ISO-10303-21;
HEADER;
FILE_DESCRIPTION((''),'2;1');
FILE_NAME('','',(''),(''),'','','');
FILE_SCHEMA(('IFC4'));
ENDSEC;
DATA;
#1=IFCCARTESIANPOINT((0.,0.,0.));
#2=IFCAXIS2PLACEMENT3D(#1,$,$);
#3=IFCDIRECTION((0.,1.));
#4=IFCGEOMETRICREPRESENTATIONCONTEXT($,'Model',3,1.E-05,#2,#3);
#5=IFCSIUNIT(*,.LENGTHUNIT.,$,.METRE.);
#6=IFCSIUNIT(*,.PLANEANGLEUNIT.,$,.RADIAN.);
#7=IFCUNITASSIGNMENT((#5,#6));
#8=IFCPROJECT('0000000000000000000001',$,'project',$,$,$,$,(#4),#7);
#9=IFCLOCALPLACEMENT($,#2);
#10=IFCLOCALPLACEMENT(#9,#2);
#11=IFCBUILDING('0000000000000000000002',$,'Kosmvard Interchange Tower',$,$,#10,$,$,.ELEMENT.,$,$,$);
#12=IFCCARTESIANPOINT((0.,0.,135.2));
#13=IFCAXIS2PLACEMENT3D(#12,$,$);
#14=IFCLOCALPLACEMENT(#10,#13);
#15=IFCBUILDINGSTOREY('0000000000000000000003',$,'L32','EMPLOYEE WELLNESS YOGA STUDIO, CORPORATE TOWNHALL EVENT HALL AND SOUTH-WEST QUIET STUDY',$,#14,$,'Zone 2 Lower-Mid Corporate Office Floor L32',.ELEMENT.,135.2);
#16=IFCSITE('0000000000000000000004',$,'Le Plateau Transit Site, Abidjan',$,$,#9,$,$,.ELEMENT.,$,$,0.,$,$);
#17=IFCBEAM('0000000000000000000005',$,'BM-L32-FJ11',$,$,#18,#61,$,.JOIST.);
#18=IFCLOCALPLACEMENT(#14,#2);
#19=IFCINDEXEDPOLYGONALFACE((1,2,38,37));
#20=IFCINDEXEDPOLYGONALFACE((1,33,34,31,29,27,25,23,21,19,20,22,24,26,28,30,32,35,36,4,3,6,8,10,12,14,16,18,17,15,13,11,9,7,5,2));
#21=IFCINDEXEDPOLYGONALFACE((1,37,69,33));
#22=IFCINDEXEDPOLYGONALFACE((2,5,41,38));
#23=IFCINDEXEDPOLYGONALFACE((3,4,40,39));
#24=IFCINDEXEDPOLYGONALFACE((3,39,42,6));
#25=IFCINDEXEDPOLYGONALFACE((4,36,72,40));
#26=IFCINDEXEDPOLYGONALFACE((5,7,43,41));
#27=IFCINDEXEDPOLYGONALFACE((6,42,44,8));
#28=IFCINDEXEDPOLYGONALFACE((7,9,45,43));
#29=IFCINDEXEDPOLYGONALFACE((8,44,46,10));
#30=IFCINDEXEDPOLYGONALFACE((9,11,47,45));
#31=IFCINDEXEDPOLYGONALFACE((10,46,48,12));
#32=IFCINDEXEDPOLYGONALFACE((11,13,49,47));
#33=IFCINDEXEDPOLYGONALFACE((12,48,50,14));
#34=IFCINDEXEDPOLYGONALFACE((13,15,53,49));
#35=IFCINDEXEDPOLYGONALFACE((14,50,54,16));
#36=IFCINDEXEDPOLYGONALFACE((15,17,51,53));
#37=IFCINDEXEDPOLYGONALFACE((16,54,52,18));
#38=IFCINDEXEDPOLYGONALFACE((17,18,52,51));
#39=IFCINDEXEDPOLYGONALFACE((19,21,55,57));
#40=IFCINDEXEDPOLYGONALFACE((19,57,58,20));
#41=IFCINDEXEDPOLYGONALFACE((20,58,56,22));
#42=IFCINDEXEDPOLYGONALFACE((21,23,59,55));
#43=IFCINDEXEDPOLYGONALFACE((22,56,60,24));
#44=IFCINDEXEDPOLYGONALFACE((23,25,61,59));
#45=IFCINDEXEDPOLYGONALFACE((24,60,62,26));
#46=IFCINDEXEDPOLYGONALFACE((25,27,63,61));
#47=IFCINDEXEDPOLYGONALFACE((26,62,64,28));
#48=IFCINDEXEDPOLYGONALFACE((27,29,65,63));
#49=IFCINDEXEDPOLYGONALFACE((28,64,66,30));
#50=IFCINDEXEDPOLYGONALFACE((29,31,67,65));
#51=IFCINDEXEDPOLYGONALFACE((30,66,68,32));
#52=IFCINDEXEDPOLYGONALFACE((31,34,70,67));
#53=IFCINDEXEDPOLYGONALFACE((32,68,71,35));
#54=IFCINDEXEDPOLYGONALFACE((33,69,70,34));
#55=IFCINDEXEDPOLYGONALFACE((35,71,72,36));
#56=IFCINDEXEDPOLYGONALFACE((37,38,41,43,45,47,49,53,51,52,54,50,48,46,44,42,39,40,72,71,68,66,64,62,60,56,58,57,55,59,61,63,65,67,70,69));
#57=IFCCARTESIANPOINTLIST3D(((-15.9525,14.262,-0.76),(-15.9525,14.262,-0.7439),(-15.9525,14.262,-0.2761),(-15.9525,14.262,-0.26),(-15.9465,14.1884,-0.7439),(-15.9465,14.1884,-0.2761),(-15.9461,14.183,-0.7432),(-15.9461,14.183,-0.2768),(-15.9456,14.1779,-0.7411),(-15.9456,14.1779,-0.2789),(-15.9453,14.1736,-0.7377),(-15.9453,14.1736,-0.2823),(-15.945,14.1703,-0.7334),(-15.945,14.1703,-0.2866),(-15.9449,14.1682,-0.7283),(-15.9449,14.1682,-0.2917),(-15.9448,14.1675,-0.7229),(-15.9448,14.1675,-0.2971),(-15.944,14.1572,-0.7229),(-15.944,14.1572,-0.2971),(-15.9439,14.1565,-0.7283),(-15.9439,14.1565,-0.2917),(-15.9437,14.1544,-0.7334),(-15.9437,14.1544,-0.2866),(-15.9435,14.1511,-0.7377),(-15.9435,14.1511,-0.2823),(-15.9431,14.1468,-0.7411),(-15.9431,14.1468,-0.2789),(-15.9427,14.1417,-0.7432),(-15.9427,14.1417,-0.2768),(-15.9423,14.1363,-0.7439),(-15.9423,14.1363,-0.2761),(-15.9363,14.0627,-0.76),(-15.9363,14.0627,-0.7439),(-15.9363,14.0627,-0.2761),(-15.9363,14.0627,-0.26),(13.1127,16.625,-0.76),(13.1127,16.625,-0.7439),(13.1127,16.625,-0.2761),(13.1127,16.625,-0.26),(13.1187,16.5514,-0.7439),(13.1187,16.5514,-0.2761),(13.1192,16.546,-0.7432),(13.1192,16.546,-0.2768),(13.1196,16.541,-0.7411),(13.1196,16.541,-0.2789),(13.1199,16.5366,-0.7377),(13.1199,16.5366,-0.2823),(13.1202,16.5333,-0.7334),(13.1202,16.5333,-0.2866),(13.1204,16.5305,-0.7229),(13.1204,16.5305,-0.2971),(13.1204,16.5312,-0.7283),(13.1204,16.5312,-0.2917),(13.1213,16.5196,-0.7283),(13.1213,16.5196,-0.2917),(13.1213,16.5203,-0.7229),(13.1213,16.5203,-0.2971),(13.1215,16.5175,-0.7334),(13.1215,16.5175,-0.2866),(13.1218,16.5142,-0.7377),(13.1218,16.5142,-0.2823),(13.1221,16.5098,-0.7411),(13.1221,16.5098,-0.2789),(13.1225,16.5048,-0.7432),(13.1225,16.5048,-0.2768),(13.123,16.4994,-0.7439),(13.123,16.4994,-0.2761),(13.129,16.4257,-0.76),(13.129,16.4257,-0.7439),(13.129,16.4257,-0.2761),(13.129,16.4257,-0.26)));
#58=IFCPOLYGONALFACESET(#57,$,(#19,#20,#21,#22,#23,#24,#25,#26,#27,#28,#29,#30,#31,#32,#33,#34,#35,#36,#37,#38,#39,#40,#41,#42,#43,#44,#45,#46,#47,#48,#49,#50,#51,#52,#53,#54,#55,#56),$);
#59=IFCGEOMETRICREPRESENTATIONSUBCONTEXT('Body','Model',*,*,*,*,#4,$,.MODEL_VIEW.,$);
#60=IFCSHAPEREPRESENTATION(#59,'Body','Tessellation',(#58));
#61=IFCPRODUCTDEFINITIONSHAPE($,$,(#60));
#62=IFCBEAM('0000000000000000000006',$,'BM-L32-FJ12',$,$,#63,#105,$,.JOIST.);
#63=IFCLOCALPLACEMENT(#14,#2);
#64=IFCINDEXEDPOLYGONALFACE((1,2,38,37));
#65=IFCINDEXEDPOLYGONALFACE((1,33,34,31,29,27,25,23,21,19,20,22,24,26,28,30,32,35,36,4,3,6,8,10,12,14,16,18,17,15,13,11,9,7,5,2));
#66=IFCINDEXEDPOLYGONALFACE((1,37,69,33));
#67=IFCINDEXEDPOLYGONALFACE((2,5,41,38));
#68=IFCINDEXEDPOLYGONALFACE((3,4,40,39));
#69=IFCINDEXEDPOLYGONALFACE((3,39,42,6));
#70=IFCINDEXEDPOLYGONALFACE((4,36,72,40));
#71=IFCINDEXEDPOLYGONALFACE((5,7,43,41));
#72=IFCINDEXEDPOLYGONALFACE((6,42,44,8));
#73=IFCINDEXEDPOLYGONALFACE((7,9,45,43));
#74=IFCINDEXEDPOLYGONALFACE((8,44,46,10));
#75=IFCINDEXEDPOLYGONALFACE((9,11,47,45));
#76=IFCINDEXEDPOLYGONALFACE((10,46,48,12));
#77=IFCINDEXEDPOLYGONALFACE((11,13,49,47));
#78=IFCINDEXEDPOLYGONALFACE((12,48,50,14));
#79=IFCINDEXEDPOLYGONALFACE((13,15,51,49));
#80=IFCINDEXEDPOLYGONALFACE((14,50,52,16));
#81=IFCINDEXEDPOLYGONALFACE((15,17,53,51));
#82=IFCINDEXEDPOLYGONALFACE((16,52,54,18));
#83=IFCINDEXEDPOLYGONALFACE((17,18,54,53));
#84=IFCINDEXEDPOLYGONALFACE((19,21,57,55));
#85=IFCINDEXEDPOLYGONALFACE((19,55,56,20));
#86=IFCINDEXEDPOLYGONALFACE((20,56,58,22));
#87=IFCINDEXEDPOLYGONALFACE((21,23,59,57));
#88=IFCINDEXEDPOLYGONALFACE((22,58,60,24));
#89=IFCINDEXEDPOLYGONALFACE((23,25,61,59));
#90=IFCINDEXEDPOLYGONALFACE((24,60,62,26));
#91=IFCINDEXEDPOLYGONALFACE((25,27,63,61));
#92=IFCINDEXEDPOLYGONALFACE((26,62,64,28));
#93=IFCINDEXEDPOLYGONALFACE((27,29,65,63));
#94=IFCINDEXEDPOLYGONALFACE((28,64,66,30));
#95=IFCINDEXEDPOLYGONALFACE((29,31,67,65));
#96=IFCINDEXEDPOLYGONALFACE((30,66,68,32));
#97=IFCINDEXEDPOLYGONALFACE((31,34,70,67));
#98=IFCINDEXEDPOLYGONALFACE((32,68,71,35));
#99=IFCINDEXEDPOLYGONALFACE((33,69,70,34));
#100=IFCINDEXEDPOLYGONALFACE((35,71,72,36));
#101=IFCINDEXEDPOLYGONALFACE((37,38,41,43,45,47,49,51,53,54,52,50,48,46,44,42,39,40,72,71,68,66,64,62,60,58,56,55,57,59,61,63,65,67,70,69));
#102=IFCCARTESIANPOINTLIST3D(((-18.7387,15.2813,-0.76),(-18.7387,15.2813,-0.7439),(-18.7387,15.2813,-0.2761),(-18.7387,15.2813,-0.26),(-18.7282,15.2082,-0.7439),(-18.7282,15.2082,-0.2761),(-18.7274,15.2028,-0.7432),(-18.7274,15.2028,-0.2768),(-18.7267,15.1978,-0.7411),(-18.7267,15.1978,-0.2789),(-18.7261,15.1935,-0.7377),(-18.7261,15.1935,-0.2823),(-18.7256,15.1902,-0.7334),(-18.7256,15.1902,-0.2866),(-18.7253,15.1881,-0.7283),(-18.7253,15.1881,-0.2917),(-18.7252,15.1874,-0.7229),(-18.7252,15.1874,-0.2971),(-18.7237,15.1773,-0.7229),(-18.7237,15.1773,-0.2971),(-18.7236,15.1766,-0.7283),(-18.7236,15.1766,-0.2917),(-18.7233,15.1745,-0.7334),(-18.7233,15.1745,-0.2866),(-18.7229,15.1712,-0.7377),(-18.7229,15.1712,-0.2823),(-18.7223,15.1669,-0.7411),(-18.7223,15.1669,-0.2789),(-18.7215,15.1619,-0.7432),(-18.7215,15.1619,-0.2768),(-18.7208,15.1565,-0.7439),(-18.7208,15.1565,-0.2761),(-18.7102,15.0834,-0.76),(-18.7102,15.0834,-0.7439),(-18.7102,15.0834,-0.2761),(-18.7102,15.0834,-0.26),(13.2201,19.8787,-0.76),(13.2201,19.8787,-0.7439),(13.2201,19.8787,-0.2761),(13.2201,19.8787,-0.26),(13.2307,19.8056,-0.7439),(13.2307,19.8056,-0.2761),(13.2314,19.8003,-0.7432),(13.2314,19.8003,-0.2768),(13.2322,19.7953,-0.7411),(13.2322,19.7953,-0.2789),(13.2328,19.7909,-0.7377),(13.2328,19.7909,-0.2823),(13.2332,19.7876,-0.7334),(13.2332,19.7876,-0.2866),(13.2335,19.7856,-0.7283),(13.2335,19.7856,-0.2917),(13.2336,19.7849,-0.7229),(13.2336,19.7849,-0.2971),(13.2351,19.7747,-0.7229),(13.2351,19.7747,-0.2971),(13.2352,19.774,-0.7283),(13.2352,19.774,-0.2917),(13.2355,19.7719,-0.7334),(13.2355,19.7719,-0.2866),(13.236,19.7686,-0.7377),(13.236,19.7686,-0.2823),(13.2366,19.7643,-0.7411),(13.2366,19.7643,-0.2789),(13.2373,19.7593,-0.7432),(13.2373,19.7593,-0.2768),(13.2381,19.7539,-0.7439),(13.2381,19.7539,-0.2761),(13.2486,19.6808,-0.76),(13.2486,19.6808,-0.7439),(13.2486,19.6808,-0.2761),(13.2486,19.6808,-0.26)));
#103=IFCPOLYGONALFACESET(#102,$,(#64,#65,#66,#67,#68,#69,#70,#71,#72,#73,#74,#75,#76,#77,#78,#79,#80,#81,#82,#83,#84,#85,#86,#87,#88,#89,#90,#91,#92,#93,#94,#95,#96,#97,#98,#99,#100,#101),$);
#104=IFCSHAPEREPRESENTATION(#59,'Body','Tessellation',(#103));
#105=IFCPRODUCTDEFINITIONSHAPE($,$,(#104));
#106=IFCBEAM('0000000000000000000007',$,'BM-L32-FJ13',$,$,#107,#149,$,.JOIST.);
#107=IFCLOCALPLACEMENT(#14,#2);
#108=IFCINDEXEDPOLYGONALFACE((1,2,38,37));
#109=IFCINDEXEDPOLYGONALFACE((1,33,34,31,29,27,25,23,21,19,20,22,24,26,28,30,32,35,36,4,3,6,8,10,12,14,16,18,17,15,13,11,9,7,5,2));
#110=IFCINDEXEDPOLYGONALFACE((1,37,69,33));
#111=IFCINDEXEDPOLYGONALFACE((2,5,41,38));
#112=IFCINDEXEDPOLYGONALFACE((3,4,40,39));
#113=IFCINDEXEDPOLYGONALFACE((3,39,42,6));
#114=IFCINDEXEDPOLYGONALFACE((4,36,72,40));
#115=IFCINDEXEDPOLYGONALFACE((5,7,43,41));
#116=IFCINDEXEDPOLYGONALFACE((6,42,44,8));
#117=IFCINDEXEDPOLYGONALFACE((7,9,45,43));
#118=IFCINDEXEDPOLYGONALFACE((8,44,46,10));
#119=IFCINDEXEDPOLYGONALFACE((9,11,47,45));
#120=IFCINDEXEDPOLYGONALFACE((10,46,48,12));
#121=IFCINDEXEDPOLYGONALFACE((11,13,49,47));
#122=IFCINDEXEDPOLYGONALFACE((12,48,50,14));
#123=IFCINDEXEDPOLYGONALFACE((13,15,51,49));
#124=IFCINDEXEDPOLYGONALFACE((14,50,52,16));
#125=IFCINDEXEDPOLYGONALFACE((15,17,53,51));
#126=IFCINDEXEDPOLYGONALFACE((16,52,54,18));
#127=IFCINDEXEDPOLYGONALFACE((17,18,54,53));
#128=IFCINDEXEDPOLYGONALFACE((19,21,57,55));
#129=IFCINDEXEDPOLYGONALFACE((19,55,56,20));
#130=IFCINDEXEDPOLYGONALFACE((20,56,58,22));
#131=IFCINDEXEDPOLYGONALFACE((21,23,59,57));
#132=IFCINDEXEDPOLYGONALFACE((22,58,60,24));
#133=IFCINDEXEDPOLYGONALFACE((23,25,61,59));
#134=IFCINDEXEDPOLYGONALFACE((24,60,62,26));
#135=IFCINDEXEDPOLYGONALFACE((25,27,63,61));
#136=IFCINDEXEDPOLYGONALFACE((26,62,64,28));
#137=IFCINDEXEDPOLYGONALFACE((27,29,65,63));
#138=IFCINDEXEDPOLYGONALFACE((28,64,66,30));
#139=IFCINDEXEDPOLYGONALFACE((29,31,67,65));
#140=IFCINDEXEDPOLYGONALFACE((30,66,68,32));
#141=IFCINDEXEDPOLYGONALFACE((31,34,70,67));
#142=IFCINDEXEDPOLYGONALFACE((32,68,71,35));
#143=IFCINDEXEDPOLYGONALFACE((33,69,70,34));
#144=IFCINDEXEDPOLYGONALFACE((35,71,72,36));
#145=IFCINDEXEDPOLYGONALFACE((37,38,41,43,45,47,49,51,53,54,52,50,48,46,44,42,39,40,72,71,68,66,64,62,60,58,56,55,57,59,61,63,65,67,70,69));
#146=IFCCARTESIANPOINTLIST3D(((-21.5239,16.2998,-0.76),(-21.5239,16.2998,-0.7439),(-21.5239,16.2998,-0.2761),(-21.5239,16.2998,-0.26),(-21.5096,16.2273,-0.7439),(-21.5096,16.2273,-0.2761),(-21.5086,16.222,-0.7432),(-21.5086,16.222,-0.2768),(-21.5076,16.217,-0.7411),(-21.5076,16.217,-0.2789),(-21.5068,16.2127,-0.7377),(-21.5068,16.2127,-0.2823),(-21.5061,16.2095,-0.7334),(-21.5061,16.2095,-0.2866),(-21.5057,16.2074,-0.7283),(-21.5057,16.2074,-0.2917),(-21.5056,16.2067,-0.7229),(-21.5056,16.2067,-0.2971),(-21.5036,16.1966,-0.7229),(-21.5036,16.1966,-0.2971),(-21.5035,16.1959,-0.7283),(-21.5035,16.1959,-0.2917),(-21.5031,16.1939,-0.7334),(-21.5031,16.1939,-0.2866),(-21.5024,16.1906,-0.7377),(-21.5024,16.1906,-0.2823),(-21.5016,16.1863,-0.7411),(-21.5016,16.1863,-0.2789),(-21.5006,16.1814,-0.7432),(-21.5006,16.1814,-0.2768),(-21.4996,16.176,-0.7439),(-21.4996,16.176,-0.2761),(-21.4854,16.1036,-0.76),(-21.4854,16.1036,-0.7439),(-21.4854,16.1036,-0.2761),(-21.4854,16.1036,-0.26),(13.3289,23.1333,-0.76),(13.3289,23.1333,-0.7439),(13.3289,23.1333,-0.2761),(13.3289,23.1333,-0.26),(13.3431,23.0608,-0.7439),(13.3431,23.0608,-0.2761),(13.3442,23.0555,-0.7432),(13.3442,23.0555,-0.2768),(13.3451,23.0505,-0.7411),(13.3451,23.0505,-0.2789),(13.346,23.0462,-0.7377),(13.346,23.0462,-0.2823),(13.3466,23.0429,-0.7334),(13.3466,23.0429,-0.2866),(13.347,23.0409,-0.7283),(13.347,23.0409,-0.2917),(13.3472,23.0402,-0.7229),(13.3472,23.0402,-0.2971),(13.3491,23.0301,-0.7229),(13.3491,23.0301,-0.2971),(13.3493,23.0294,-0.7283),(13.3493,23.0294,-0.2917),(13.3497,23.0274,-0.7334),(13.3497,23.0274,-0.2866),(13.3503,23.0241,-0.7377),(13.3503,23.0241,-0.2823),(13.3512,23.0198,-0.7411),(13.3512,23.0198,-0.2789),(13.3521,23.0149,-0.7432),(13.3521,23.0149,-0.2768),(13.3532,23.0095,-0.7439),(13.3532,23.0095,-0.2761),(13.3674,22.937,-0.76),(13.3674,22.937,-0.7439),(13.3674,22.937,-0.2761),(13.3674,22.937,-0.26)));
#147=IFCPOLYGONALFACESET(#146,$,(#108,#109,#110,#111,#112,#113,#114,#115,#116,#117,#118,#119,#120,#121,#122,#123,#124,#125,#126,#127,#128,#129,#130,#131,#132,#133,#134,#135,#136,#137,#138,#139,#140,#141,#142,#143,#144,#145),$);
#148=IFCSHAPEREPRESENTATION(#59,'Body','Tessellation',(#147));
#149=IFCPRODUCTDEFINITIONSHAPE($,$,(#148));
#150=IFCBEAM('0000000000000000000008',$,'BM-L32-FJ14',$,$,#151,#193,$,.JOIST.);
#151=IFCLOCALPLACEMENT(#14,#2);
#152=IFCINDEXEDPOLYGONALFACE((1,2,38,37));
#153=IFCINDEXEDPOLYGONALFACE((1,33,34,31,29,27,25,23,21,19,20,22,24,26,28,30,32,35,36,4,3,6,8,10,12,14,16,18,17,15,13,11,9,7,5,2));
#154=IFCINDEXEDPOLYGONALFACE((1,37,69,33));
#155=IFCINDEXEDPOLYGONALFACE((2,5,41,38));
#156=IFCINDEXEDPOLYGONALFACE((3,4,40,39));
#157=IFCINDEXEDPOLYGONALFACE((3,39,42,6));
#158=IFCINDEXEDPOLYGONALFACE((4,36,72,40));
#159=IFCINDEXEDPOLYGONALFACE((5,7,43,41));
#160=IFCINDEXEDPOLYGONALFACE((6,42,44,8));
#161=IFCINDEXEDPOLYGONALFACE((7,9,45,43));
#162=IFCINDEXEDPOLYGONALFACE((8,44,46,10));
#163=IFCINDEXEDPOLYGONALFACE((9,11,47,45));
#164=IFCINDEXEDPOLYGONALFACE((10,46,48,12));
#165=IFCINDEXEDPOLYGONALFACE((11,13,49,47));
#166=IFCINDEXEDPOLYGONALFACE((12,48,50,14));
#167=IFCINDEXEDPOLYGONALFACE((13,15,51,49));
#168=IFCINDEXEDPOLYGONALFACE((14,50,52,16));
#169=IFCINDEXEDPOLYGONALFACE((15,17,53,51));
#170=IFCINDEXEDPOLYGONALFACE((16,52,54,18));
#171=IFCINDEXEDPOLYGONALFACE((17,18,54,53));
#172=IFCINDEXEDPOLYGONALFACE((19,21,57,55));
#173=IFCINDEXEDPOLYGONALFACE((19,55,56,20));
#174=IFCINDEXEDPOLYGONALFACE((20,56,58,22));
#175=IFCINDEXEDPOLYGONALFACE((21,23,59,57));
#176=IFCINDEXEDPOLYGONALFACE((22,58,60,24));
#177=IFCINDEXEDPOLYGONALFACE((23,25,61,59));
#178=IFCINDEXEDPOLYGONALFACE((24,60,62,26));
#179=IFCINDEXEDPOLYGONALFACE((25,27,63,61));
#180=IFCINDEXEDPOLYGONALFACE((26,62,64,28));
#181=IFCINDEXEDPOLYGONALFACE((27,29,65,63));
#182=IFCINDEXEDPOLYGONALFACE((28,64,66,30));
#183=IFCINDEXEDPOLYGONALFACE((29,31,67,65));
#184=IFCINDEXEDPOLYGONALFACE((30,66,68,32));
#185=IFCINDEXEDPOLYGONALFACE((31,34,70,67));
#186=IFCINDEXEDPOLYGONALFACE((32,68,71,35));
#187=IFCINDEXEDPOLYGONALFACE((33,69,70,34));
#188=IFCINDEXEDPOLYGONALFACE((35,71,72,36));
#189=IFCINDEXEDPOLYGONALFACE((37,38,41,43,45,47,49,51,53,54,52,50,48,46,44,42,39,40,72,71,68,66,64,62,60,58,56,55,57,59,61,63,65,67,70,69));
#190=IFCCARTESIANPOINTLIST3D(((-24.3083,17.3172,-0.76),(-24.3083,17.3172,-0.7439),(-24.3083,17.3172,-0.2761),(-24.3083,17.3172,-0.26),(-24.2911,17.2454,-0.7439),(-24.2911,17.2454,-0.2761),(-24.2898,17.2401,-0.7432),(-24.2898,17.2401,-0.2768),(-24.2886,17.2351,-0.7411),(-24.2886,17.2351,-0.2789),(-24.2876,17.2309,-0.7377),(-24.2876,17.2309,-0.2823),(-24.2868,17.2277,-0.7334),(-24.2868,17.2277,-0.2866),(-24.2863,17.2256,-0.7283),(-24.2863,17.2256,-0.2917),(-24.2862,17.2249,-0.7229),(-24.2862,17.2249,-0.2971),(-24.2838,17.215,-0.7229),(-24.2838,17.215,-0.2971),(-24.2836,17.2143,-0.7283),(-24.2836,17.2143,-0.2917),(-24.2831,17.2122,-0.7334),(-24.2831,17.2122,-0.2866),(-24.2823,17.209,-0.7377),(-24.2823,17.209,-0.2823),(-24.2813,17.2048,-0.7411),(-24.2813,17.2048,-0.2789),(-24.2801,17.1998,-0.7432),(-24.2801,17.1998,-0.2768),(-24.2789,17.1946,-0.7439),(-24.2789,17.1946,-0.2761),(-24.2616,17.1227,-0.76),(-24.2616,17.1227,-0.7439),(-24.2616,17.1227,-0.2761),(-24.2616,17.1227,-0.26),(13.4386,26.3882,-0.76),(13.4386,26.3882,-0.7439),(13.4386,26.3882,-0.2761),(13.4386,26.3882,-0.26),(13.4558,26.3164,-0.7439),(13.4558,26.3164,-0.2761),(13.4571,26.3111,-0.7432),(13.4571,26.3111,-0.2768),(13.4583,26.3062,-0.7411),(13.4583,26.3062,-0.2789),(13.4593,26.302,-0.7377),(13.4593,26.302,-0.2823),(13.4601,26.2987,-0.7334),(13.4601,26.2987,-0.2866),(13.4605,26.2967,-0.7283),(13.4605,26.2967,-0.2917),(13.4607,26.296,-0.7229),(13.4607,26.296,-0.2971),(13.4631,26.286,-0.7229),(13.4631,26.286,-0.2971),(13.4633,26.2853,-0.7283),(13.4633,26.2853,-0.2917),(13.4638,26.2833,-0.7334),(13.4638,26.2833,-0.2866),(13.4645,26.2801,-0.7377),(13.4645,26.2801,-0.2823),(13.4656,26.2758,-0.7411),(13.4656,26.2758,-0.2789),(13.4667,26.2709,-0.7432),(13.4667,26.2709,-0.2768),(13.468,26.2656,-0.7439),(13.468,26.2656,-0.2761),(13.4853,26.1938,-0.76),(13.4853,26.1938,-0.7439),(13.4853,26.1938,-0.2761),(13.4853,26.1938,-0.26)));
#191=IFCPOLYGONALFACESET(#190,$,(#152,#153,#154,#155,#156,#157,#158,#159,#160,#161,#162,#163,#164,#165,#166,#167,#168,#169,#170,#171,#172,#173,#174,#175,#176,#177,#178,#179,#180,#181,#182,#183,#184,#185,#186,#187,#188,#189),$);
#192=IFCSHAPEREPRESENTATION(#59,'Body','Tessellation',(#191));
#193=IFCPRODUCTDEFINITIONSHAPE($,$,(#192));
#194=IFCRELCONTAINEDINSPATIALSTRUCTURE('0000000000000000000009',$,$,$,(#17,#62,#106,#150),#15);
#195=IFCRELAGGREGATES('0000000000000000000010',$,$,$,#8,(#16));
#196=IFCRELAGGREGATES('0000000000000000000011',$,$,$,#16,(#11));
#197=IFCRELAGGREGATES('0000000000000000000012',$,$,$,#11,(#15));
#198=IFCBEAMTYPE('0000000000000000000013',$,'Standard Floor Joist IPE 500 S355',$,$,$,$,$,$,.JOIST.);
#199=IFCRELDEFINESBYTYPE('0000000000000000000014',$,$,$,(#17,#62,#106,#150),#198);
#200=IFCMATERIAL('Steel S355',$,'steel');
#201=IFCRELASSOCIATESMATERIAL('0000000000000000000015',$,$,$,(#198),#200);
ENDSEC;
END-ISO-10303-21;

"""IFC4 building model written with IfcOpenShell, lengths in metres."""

from ifc_helpers import new_model, si_unit, direction, frame, origin, origin_2d, place, context, subcontext, project, spatial, i_section, extrude, source, transform, mapped, material, material_profile, profile_set, type_object, element, save


model = new_model("IFC4")

# Units and contexts
model_context = context("Model", 3, precision=1e-05, world=origin(), true_north=direction((0.0, 1.0)))
body_context = subcontext(model_context, "Body", "Model", "MODEL_VIEW")
ifc_project = project(units=[si_unit("LENGTHUNIT", "METRE"), si_unit("PLANEANGLEUNIT", "RADIAN")], contexts=[model_context])

# Site, building, storey
site_placement = place(None, origin())
site = spatial("IfcSite", under=ifc_project, at=site_placement, Name="Le Plateau Transit Site, Abidjan", CompositionType="ELEMENT", RefElevation=0.0)
building_placement = place(site_placement, origin())
building = spatial("IfcBuilding", under=site, at=building_placement, Name="Kosmvard Interchange Tower", CompositionType="ELEMENT")
storey_placement = place(building_placement, frame((0.0, 0.0, 135.2)))
storey = spatial("IfcBuildingStorey", under=building, at=storey_placement, Name="L32", Description="EMPLOYEE WELLNESS YOGA STUDIO, CORPORATE TOWNHALL EVENT HALL AND SOUTH-WEST QUIET STUDY", LongName="Zone 2 Lower-Mid Corporate Office Floor L32", CompositionType="ELEMENT", Elevation=135.2)

# Beams
ifc_material_1 = material(Name="Steel S355", Category="steel")
ifc_material_profile_1 = material_profile(ifc_material_1, i_section(OverallWidth=0.2, OverallDepth=0.5, WebThickness=0.0103, FlangeThickness=0.0161, FilletRadius=0.021, at=origin_2d()), Name="IPE 500")
ifc_profile_set_1 = profile_set([ifc_material_profile_1], Name="Steel S355")
beam_type_1 = type_object("IfcBeamType", Name="Standard Floor Joist IPE 500 S355", PredefinedType="JOIST", material=ifc_profile_set_1)
shared_shape_1 = source(origin(), body_context, "Body", "SweptSolid", [
    extrude(i_section(OverallWidth=0.2, OverallDepth=0.5, WebThickness=0.0103, FlangeThickness=0.0161, FilletRadius=0.021, at=origin_2d()), origin(), (0.0, 0.0, 1.0), 29.1611),
])
beam_1_placement = place(storey_placement, frame((13.1208, 16.5254, -0.51), z_axis=(-0.996711, -0.081034, 0.0), x_axis=(0.081034, -0.996711, 0.0)))
element("IfcBeam", 1, at=beam_1_placement, inside=storey, type_object=beam_type_1, Name="BM-L32-FJ11", PredefinedType="JOIST", context=body_context, shape_type="MappedRepresentation", body=[
    mapped(shared_shape_1, transform((0.0, 0.0, 0.0), scale=1.0)),
])
shared_shape_2 = source(origin(), body_context, "Body", "SweptSolid", [
    extrude(i_section(OverallWidth=0.2, OverallDepth=0.5, WebThickness=0.0103, FlangeThickness=0.0161, FilletRadius=0.021, at=origin_2d()), origin(), (0.0, 0.0, 1.0), 32.2878),
])
beam_2_placement = place(storey_placement, frame((13.2344, 19.7798, -0.51), z_axis=(-0.989811, -0.142389, 0.0), x_axis=(0.142389, -0.989811, 0.0)))
element("IfcBeam", 2, at=beam_2_placement, inside=storey, type_object=beam_type_1, Name="BM-L32-FJ12", PredefinedType="JOIST", context=body_context, shape_type="MappedRepresentation", body=[
    mapped(shared_shape_2, transform((0.0, 0.0, 0.0), scale=1.0)),
])
shared_shape_3 = source(origin(), body_context, "Body", "SweptSolid", [
    extrude(i_section(OverallWidth=0.2, OverallDepth=0.5, WebThickness=0.0103, FlangeThickness=0.0161, FilletRadius=0.021, at=origin_2d()), origin(), (0.0, 0.0, 1.0), 35.5164),
])
beam_3_placement = place(storey_placement, frame((13.3481, 23.0352, -0.51), z_axis=(-0.981316, -0.192404, 0.0), x_axis=(0.192404, -0.981316, 0.0)))
element("IfcBeam", 3, at=beam_3_placement, inside=storey, type_object=beam_type_1, Name="BM-L32-FJ13", PredefinedType="JOIST", context=body_context, shape_type="MappedRepresentation", body=[
    mapped(shared_shape_3, transform((0.0, 0.0, 0.0), scale=1.0)),
])
shared_shape_4 = source(origin(), body_context, "Body", "SweptSolid", [
    extrude(i_section(OverallWidth=0.2, OverallDepth=0.5, WebThickness=0.0103, FlangeThickness=0.0161, FilletRadius=0.021, at=origin_2d()), origin(), (0.0, 0.0, 1.0), 38.8215),
])
beam_4_placement = place(storey_placement, frame((13.4619, 26.291, -0.51), z_axis=(-0.972318, -0.233661, 0.0), x_axis=(0.233661, -0.972318, 0.0)))
element("IfcBeam", 4, at=beam_4_placement, inside=storey, type_object=beam_type_1, Name="BM-L32-FJ14", PredefinedType="JOIST", context=body_context, shape_type="MappedRepresentation", body=[
    mapped(shared_shape_4, transform((0.0, 0.0, 0.0), scale=1.0)),
])

save(model, "model.ifc")
